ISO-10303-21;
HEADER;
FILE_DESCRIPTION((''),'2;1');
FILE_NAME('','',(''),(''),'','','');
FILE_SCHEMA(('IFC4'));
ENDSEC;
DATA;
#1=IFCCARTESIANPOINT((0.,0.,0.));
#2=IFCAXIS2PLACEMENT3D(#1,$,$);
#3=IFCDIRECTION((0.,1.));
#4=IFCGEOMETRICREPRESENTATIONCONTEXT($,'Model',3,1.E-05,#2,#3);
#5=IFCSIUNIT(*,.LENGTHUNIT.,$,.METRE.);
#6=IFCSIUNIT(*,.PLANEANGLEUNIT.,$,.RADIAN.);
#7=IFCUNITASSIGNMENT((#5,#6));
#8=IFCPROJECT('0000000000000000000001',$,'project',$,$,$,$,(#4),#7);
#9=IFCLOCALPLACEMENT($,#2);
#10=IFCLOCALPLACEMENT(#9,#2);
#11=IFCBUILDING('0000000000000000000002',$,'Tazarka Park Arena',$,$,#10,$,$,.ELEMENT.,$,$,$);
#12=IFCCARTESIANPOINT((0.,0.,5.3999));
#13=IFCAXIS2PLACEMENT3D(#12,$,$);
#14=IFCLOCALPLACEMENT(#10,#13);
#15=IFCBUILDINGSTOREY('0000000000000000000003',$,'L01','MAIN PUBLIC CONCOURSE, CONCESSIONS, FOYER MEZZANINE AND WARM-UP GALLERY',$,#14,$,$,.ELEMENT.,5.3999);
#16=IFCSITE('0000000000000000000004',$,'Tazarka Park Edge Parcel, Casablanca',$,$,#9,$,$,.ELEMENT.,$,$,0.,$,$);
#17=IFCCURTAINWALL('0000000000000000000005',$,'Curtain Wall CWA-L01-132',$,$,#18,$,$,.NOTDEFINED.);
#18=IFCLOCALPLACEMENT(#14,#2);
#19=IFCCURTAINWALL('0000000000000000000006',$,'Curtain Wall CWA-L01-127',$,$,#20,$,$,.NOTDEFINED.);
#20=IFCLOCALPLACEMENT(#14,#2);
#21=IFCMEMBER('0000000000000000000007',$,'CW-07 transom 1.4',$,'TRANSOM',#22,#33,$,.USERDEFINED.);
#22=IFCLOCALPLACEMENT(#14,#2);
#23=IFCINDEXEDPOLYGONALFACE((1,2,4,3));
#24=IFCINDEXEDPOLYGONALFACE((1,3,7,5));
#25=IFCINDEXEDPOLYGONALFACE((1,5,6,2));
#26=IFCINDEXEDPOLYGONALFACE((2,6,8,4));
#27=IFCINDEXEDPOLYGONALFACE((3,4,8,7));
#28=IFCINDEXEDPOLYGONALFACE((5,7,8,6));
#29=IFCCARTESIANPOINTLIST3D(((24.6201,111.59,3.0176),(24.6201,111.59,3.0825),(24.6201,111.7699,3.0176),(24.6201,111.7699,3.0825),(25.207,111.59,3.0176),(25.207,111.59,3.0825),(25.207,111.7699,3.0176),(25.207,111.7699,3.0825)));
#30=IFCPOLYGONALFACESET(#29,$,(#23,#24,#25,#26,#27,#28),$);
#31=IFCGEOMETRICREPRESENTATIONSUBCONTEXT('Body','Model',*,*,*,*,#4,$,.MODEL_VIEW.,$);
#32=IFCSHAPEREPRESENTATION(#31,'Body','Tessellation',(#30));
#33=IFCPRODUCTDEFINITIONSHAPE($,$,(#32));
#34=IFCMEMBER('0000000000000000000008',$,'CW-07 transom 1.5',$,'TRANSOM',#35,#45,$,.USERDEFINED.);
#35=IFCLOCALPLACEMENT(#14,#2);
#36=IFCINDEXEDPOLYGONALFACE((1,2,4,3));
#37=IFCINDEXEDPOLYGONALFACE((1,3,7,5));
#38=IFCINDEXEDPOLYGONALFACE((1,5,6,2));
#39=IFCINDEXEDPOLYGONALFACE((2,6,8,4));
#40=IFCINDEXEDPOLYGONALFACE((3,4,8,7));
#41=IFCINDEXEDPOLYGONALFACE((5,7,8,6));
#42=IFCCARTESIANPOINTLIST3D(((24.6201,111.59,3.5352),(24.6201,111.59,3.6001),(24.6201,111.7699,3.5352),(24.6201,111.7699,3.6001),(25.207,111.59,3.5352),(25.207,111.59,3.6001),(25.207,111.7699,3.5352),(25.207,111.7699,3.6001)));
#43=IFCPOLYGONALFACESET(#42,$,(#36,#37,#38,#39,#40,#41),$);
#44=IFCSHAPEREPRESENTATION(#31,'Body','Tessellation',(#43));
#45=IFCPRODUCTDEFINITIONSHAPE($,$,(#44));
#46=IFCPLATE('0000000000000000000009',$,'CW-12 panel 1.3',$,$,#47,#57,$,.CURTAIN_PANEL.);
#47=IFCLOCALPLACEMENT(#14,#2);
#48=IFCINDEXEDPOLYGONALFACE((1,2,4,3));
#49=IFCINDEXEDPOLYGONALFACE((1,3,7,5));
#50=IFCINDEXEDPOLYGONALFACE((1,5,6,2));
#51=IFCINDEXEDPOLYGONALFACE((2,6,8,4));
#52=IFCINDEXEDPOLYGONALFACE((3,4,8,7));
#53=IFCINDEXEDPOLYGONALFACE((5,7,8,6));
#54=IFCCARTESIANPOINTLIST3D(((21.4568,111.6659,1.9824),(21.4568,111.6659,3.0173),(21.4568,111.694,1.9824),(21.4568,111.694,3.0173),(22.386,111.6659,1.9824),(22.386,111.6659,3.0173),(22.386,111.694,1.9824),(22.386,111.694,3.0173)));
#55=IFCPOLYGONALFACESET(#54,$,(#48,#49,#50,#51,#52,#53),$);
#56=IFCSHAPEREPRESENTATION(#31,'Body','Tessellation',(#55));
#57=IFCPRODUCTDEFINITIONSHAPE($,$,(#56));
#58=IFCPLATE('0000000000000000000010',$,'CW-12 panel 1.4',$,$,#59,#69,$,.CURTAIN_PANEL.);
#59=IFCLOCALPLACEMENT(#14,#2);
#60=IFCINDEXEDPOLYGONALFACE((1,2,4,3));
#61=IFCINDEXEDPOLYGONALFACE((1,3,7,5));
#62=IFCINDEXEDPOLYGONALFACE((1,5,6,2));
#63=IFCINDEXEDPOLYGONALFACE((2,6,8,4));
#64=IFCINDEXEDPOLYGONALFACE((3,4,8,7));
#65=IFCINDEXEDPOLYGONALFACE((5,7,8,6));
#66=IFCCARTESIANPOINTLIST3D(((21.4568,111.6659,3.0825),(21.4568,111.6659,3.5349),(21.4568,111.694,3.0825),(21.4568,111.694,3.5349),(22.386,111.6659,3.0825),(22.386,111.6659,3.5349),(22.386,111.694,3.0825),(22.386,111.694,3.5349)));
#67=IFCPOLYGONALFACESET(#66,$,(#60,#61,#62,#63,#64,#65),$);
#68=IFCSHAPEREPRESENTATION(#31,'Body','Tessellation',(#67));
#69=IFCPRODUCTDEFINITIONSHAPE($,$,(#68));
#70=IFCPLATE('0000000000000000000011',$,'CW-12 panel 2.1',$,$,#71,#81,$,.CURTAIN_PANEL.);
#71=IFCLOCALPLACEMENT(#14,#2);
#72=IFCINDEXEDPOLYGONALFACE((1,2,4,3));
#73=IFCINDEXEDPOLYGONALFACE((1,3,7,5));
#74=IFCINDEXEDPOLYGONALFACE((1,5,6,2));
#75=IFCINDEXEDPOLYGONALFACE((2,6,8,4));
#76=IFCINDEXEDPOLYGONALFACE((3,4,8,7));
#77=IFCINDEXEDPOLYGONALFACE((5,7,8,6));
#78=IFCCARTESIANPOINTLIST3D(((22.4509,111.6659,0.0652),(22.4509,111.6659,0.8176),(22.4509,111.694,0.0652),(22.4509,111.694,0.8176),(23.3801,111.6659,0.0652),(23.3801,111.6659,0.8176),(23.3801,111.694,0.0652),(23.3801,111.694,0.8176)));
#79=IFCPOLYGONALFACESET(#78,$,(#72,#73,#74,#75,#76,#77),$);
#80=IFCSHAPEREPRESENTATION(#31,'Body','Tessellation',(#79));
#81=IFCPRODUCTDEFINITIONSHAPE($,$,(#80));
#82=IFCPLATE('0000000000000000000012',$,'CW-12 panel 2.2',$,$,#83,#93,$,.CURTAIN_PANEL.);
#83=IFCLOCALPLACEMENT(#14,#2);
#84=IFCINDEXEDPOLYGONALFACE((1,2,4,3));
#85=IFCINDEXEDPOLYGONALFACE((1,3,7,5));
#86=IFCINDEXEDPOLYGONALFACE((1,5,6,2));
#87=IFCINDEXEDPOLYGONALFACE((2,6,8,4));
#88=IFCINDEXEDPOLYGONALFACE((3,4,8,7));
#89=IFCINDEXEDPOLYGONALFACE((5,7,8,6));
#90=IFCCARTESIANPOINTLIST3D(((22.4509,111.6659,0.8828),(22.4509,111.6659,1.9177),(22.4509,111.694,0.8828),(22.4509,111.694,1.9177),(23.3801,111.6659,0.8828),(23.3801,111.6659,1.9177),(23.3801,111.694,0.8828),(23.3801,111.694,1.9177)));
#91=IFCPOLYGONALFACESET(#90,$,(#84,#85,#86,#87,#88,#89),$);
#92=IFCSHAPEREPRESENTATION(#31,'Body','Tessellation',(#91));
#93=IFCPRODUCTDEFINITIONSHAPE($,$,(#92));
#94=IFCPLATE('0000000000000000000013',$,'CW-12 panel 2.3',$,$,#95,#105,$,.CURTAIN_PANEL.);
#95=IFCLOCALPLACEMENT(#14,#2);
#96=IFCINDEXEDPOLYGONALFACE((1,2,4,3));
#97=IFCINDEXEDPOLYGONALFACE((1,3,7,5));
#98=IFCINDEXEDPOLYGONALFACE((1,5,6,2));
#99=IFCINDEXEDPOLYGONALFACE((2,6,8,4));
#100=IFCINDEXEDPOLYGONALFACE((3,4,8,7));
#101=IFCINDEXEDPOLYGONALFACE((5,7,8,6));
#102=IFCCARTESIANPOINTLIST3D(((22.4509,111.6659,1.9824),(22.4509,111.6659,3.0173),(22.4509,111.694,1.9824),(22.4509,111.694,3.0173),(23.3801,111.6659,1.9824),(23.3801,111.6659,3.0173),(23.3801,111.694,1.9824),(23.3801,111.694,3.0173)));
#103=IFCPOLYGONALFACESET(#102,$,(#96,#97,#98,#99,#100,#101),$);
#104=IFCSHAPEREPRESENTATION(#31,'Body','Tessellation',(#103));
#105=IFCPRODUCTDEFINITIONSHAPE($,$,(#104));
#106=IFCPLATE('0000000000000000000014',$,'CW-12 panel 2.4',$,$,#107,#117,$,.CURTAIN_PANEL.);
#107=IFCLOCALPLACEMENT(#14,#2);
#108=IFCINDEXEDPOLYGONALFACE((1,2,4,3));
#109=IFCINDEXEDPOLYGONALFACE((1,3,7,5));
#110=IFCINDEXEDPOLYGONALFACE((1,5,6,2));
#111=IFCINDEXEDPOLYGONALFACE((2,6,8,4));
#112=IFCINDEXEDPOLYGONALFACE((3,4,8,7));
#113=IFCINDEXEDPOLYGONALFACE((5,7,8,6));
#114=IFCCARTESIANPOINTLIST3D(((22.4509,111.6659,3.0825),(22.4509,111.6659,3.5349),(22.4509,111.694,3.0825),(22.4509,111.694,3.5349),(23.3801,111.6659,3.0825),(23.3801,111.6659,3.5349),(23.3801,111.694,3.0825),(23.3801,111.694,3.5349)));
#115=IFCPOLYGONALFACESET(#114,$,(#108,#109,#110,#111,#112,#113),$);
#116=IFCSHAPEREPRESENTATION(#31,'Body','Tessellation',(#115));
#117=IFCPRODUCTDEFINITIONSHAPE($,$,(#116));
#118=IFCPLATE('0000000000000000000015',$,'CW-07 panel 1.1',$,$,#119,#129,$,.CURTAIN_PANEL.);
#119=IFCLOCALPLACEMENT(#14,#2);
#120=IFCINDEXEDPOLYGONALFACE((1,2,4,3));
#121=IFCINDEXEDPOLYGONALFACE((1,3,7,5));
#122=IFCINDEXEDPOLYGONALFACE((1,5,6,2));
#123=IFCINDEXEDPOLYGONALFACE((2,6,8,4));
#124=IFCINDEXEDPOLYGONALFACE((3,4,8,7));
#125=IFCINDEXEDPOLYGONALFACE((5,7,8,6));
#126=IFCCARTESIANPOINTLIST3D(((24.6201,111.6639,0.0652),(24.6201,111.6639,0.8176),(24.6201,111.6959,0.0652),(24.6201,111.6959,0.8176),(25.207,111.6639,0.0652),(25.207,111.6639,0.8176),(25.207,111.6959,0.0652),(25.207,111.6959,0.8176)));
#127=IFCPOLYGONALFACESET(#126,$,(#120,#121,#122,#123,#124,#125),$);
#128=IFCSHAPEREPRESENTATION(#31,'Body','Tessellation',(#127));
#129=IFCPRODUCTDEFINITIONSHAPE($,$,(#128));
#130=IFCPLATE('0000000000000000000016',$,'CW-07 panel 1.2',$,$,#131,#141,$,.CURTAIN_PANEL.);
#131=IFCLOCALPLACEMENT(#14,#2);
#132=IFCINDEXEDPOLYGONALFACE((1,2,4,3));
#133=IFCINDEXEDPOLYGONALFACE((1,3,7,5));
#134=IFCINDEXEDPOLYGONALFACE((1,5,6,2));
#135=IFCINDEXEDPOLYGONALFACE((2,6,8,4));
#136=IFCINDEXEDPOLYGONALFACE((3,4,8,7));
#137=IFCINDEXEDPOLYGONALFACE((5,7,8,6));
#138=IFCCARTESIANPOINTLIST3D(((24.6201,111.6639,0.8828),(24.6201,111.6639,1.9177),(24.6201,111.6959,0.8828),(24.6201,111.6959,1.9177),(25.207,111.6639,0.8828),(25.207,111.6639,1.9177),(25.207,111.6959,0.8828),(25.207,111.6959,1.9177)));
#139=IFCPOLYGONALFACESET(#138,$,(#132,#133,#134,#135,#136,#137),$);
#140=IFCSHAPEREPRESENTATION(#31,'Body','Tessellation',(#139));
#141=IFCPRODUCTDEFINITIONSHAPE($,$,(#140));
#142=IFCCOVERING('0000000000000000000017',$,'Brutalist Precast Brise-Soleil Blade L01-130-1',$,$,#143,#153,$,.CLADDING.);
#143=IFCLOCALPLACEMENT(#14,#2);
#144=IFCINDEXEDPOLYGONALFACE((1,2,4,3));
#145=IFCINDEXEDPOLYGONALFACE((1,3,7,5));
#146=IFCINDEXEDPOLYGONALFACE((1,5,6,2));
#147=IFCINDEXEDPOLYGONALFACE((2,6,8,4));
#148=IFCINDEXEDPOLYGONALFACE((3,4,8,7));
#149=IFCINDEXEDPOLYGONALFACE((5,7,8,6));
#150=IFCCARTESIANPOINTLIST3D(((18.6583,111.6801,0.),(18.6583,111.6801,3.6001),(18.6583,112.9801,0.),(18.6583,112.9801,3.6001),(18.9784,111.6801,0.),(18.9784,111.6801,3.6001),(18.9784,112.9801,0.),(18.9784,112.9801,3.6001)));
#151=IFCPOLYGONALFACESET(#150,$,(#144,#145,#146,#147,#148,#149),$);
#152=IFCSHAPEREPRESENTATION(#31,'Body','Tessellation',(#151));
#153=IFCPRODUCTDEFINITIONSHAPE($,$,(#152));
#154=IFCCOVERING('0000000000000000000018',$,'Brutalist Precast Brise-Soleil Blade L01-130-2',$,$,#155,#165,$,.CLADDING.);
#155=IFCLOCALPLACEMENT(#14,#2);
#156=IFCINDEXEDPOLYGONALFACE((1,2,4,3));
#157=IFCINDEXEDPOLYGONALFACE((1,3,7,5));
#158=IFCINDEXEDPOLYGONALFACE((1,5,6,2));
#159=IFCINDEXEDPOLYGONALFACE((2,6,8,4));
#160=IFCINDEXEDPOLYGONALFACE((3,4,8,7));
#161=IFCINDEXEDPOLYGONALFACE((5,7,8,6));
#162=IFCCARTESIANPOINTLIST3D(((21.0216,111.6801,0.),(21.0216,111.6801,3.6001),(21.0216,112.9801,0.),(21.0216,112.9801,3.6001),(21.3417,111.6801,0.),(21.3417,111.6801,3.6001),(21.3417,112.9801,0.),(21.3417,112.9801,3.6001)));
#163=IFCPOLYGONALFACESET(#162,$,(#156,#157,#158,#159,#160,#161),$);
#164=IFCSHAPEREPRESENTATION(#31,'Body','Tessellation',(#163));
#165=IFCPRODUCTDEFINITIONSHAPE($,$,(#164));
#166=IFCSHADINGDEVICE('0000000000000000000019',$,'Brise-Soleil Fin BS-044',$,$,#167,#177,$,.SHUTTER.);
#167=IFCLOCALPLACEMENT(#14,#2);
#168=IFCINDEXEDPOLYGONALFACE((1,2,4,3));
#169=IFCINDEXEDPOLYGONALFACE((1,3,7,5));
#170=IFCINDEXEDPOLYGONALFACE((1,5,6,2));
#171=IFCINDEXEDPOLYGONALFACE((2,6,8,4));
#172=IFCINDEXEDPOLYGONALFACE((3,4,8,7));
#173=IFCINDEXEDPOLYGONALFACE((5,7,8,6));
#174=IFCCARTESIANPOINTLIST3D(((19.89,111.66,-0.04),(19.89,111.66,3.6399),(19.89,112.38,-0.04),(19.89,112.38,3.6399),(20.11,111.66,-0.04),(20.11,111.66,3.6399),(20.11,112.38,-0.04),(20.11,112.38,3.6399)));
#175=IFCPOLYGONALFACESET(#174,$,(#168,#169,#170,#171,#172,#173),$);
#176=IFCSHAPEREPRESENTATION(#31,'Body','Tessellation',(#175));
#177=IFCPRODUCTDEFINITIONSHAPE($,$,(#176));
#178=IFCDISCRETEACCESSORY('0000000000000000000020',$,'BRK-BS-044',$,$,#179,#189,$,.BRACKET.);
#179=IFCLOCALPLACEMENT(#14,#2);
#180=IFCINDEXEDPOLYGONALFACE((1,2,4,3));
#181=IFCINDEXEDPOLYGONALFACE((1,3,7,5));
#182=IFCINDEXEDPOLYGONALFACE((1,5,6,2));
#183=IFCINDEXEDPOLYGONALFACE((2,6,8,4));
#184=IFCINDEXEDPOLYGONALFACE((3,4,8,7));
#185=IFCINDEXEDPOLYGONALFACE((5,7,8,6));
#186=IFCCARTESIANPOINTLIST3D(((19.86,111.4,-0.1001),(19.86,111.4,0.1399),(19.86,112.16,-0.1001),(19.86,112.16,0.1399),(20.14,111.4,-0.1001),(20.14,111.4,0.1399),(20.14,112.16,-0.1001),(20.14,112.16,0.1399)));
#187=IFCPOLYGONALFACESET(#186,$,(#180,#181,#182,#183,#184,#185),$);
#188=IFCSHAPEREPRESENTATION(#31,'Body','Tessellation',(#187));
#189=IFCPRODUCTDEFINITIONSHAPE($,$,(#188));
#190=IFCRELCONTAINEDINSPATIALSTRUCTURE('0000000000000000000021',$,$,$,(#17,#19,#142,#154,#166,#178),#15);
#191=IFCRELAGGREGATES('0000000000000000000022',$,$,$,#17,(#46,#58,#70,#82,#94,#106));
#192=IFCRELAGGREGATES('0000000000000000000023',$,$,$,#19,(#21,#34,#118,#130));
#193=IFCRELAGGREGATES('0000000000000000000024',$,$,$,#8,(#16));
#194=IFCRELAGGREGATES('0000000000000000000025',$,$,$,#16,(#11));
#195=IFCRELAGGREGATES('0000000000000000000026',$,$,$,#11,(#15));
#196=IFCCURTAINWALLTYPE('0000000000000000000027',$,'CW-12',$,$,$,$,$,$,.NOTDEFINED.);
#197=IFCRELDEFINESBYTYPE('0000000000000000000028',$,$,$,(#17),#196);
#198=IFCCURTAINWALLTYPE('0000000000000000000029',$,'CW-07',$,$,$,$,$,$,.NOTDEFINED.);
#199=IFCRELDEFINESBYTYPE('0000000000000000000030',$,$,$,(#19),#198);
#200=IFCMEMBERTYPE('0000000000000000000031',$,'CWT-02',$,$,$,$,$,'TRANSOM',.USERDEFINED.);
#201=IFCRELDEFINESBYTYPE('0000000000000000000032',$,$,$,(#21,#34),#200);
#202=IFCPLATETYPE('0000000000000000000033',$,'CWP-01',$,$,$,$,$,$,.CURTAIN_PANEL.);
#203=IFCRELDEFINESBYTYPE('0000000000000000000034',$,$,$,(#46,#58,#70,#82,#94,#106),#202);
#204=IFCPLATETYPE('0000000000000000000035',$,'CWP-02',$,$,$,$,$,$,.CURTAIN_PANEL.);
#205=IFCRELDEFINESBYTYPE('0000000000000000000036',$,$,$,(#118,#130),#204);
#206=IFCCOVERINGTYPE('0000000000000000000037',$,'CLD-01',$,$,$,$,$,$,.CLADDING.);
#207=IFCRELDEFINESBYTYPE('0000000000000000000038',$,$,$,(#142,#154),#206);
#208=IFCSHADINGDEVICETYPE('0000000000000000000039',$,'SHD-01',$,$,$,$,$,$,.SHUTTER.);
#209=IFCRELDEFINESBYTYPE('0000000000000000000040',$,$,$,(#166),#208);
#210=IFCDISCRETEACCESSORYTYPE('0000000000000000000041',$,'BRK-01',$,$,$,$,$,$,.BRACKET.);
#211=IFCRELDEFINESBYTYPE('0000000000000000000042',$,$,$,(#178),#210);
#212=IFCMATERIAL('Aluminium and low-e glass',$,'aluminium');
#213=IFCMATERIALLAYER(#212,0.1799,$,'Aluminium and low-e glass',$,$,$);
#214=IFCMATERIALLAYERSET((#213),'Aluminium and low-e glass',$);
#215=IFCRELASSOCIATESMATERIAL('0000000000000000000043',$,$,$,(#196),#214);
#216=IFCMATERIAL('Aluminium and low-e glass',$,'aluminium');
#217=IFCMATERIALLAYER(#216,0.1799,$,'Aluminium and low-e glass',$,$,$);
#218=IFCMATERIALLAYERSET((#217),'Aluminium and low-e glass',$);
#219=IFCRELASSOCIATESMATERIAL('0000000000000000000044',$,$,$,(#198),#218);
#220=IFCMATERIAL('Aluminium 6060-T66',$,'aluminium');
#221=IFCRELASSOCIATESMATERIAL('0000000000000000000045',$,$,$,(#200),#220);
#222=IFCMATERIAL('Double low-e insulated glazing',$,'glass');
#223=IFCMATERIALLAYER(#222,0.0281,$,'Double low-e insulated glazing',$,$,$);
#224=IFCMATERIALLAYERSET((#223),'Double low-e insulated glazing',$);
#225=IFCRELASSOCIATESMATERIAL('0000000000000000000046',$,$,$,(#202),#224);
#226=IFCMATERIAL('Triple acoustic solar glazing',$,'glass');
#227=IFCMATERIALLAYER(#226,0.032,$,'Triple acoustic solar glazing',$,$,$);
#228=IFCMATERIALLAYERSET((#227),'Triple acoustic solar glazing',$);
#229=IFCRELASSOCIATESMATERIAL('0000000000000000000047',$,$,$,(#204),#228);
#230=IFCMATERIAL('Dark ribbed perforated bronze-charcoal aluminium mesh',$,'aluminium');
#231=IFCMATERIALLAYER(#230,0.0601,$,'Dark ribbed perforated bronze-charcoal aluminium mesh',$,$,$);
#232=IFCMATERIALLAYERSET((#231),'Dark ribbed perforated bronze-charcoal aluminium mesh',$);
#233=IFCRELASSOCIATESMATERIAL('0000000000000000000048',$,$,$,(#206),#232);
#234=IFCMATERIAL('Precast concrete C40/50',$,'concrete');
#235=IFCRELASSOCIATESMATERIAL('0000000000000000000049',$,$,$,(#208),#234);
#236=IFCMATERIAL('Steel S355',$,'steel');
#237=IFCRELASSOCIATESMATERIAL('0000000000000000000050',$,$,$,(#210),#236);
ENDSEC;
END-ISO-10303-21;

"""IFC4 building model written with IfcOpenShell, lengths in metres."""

from ifc_helpers import new_model, si_unit, direction, frame, origin, origin_2d, place, context, subcontext, project, spatial, rectangle, extrude, material, layer, layer_set, material_profile, profile_set, type_object, element, aggregate, save


model = new_model("IFC4")

# Units and contexts
model_context = context("Model", 3, precision=1e-05, world=origin(), true_north=direction((0.0, 1.0)))
body_context = subcontext(model_context, "Body", "Model", "MODEL_VIEW")
ifc_project = project(units=[si_unit("LENGTHUNIT", "METRE"), si_unit("PLANEANGLEUNIT", "RADIAN")], contexts=[model_context])

# Site, building, storey
site_placement = place(None, origin())
site = spatial("IfcSite", under=ifc_project, at=site_placement, Name="Tazarka Park Edge Parcel, Casablanca", CompositionType="ELEMENT", RefElevation=0.0)
building_placement = place(site_placement, origin())
building = spatial("IfcBuilding", under=site, at=building_placement, Name="Tazarka Park Arena", CompositionType="ELEMENT")
storey_placement = place(building_placement, frame((0.0, 0.0, 5.3999)))
storey = spatial("IfcBuildingStorey", under=building, at=storey_placement, Name="L01", Description="MAIN PUBLIC CONCOURSE, CONCESSIONS, FOYER MEZZANINE AND WARM-UP GALLERY", CompositionType="ELEMENT", Elevation=5.3999)

# Curtain wall
ifc_material_1 = material(Name="Aluminium and low-e glass", Category="aluminium")
ifc_layer_1 = layer(ifc_material_1, 0.1799, Name="Aluminium and low-e glass")
ifc_layer_set_1 = layer_set([ifc_layer_1], Name="Aluminium and low-e glass")
curtain_wall_type_1 = type_object("IfcCurtainWallType", Name="CW-12", PredefinedType="NOTDEFINED", material=ifc_layer_set_1)
curtain_wall_1_placement = place(storey_placement, origin())
curtain_wall_1 = element("IfcCurtainWall", 1, at=curtain_wall_1_placement, inside=storey, type_object=curtain_wall_type_1, Name="Curtain Wall CWA-L01-132", PredefinedType="NOTDEFINED")

# Curtain wall
ifc_material_2 = material(Name="Aluminium and low-e glass", Category="aluminium")
ifc_layer_2 = layer(ifc_material_2, 0.1799, Name="Aluminium and low-e glass")
ifc_layer_set_2 = layer_set([ifc_layer_2], Name="Aluminium and low-e glass")
curtain_wall_type_2 = type_object("IfcCurtainWallType", Name="CW-07", PredefinedType="NOTDEFINED", material=ifc_layer_set_2)
curtain_wall_2_placement = place(storey_placement, origin())
curtain_wall_2 = element("IfcCurtainWall", 2, at=curtain_wall_2_placement, inside=storey, type_object=curtain_wall_type_2, Name="Curtain Wall CWA-L01-127", PredefinedType="NOTDEFINED")

# Members
ifc_material_3 = material(Name="Aluminium 6060-T66", Category="aluminium")
ifc_material_profile_1 = material_profile(ifc_material_3, rectangle(XDim=0.1799, YDim=0.0649, at=origin_2d()), Name="Aluminium 6060-T66")
ifc_profile_set_1 = profile_set([ifc_material_profile_1], Name="Aluminium 6060-T66")
member_type_1 = type_object("IfcMemberType", Name="CWT-02", ElementType="TRANSOM", PredefinedType="USERDEFINED", material=ifc_profile_set_1)
member_1_placement = place(storey_placement, frame((24.6201, 111.6799, 3.05), z_axis=(1.0, 0.0, 0.0), x_axis=(0.0, 1.0, 0.0)))
member_1 = element("IfcMember", 3, at=member_1_placement, type_object=member_type_1, Name="CW-07 transom 1.4", ObjectType="TRANSOM", PredefinedType="USERDEFINED", context=body_context, shape_type="SweptSolid", body=[
    extrude(rectangle(XDim=0.1799, YDim=0.0649, at=origin_2d()), origin(), (0.0, 0.0, 1.0), 0.5869),
])
member_2_placement = place(storey_placement, frame((24.6201, 111.6799, 3.5676), z_axis=(1.0, 0.0, 0.0), x_axis=(0.0, 1.0, 0.0)))
member_2 = element("IfcMember", 4, at=member_2_placement, type_object=member_type_1, Name="CW-07 transom 1.5", ObjectType="TRANSOM", PredefinedType="USERDEFINED", context=body_context, shape_type="SweptSolid", body=[
    extrude(rectangle(XDim=0.1799, YDim=0.0649, at=origin_2d()), origin(), (0.0, 0.0, 1.0), 0.5869),
])

# Plates
ifc_material_4 = material(Name="Double low-e insulated glazing", Category="glass")
ifc_layer_3 = layer(ifc_material_4, 0.0281, Name="Double low-e insulated glazing")
ifc_layer_set_3 = layer_set([ifc_layer_3], Name="Double low-e insulated glazing")
plate_type_1 = type_object("IfcPlateType", Name="CWP-01", PredefinedType="CURTAIN_PANEL", material=ifc_layer_set_3)
plate_1_placement = place(storey_placement, frame((21.9214, 111.6799, 1.9824), z_axis=(0.0, 0.0, 1.0), x_axis=(1.0, 0.0, 0.0)))
plate_1 = element("IfcPlate", 5, at=plate_1_placement, type_object=plate_type_1, Name="CW-12 panel 1.3", PredefinedType="CURTAIN_PANEL", context=body_context, shape_type="SweptSolid", body=[
    extrude(rectangle(XDim=0.9292, YDim=0.0281, at=origin_2d()), origin(), (0.0, 0.0, 1.0), 1.0349),
])
plate_2_placement = place(storey_placement, frame((21.9214, 111.6799, 3.0825), z_axis=(0.0, 0.0, 1.0), x_axis=(1.0, 0.0, 0.0)))
plate_2 = element("IfcPlate", 6, at=plate_2_placement, type_object=plate_type_1, Name="CW-12 panel 1.4", PredefinedType="CURTAIN_PANEL", context=body_context, shape_type="SweptSolid", body=[
    extrude(rectangle(XDim=0.9292, YDim=0.0281, at=origin_2d()), origin(), (0.0, 0.0, 1.0), 0.4524),
])
plate_3_placement = place(storey_placement, frame((22.9155, 111.6799, 0.0652), z_axis=(0.0, 0.0, 1.0), x_axis=(1.0, 0.0, 0.0)))
plate_3 = element("IfcPlate", 7, at=plate_3_placement, type_object=plate_type_1, Name="CW-12 panel 2.1", PredefinedType="CURTAIN_PANEL", context=body_context, shape_type="SweptSolid", body=[
    extrude(rectangle(XDim=0.9292, YDim=0.0281, at=origin_2d()), origin(), (0.0, 0.0, 1.0), 0.7524),
])
plate_4_placement = place(storey_placement, frame((22.9155, 111.6799, 0.8828), z_axis=(0.0, 0.0, 1.0), x_axis=(1.0, 0.0, 0.0)))
plate_4 = element("IfcPlate", 8, at=plate_4_placement, type_object=plate_type_1, Name="CW-12 panel 2.2", PredefinedType="CURTAIN_PANEL", context=body_context, shape_type="SweptSolid", body=[
    extrude(rectangle(XDim=0.9292, YDim=0.0281, at=origin_2d()), origin(), (0.0, 0.0, 1.0), 1.0349),
])
plate_5_placement = place(storey_placement, frame((22.9155, 111.6799, 1.9824), z_axis=(0.0, 0.0, 1.0), x_axis=(1.0, 0.0, 0.0)))
plate_5 = element("IfcPlate", 9, at=plate_5_placement, type_object=plate_type_1, Name="CW-12 panel 2.3", PredefinedType="CURTAIN_PANEL", context=body_context, shape_type="SweptSolid", body=[
    extrude(rectangle(XDim=0.9292, YDim=0.0281, at=origin_2d()), origin(), (0.0, 0.0, 1.0), 1.0349),
])
plate_6_placement = place(storey_placement, frame((22.9155, 111.6799, 3.0825), z_axis=(0.0, 0.0, 1.0), x_axis=(1.0, 0.0, 0.0)))
plate_6 = element("IfcPlate", 10, at=plate_6_placement, type_object=plate_type_1, Name="CW-12 panel 2.4", PredefinedType="CURTAIN_PANEL", context=body_context, shape_type="SweptSolid", body=[
    extrude(rectangle(XDim=0.9292, YDim=0.0281, at=origin_2d()), origin(), (0.0, 0.0, 1.0), 0.4524),
])
aggregate(curtain_wall_1, [plate_1, plate_2, plate_3, plate_4, plate_5, plate_6])
ifc_material_5 = material(Name="Triple acoustic solar glazing", Category="glass")
ifc_layer_4 = layer(ifc_material_5, 0.032, Name="Triple acoustic solar glazing")
ifc_layer_set_4 = layer_set([ifc_layer_4], Name="Triple acoustic solar glazing")
plate_type_2 = type_object("IfcPlateType", Name="CWP-02", PredefinedType="CURTAIN_PANEL", material=ifc_layer_set_4)
plate_7_placement = place(storey_placement, frame((24.9136, 111.6799, 0.0652), z_axis=(0.0, 0.0, 1.0), x_axis=(1.0, 0.0, 0.0)))
plate_7 = element("IfcPlate", 11, at=plate_7_placement, type_object=plate_type_2, Name="CW-07 panel 1.1", PredefinedType="CURTAIN_PANEL", context=body_context, shape_type="SweptSolid", body=[
    extrude(rectangle(XDim=0.5869, YDim=0.032, at=origin_2d()), origin(), (0.0, 0.0, 1.0), 0.7524),
])
plate_8_placement = place(storey_placement, frame((24.9136, 111.6799, 0.8828), z_axis=(0.0, 0.0, 1.0), x_axis=(1.0, 0.0, 0.0)))
plate_8 = element("IfcPlate", 12, at=plate_8_placement, type_object=plate_type_2, Name="CW-07 panel 1.2", PredefinedType="CURTAIN_PANEL", context=body_context, shape_type="SweptSolid", body=[
    extrude(rectangle(XDim=0.5869, YDim=0.032, at=origin_2d()), origin(), (0.0, 0.0, 1.0), 1.0349),
])
aggregate(curtain_wall_2, [member_1, member_2, plate_7, plate_8])

# Coverings
ifc_material_6 = material(Name="Dark ribbed perforated bronze-charcoal aluminium mesh", Category="aluminium")
ifc_layer_5 = layer(ifc_material_6, 0.0601, Name="Dark ribbed perforated bronze-charcoal aluminium mesh")
ifc_layer_set_5 = layer_set([ifc_layer_5], Name="Dark ribbed perforated bronze-charcoal aluminium mesh")
covering_type = type_object("IfcCoveringType", Name="CLD-01", PredefinedType="CLADDING", material=ifc_layer_set_5)
for number, where, z_axis, x_axis, name in (
    (13, (18.8184, 112.3301, 0.0), (0.0, 0.0, 1.0), (1.0, 0.0, 0.0), "Brutalist Precast Brise-Soleil Blade L01-130-1"),
    (14, (21.1816, 112.3301, 0.0), (0.0, 0.0, 1.0), (1.0, 0.0, 0.0), "Brutalist Precast Brise-Soleil Blade L01-130-2"),
):
    element("IfcCovering", number, at=place(storey_placement, frame(where, z_axis=z_axis, x_axis=x_axis)), inside=storey, type_object=covering_type, Name=name, PredefinedType="CLADDING", context=body_context, shape_type="SweptSolid", body=[
        extrude(rectangle(XDim=0.3201, YDim=1.3, at=origin_2d()), origin(), (0.0, 0.0, 1.0), 3.6001),
    ])

# Shading device
ifc_material_7 = material(Name="Precast concrete C40/50", Category="concrete")
shading_device_type = type_object("IfcShadingDeviceType", Name="SHD-01", PredefinedType="SHUTTER", material=ifc_material_7)
shading_device_placement = place(storey_placement, frame((20.0, 112.02, -0.04), z_axis=(0.0, 0.0, 1.0), x_axis=(1.0, 0.0, 0.0)))
element("IfcShadingDevice", 15, at=shading_device_placement, inside=storey, type_object=shading_device_type, Name="Brise-Soleil Fin BS-044", PredefinedType="SHUTTER", context=body_context, shape_type="SweptSolid", body=[
    extrude(rectangle(XDim=0.22, YDim=0.72, at=origin_2d()), origin(), (0.0, 0.0, 1.0), 3.6799),
])

# Discrete accessory
ifc_material_8 = material(Name="Steel S355", Category="steel")
discrete_accessory_type = type_object("IfcDiscreteAccessoryType", Name="BRK-01", PredefinedType="BRACKET", material=ifc_material_8)
discrete_accessory_placement = place(storey_placement, frame((20.0, 111.78, -0.1001), z_axis=(0.0, 0.0, 1.0), x_axis=(1.0, 0.0, 0.0)))
element("IfcDiscreteAccessory", 16, at=discrete_accessory_placement, inside=storey, type_object=discrete_accessory_type, Name="BRK-BS-044", PredefinedType="BRACKET", context=body_context, shape_type="SweptSolid", body=[
    extrude(rectangle(XDim=0.28, YDim=0.76, at=origin_2d()), origin(), (0.0, 0.0, 1.0), 0.24),
])

save(model, "model.ifc")
